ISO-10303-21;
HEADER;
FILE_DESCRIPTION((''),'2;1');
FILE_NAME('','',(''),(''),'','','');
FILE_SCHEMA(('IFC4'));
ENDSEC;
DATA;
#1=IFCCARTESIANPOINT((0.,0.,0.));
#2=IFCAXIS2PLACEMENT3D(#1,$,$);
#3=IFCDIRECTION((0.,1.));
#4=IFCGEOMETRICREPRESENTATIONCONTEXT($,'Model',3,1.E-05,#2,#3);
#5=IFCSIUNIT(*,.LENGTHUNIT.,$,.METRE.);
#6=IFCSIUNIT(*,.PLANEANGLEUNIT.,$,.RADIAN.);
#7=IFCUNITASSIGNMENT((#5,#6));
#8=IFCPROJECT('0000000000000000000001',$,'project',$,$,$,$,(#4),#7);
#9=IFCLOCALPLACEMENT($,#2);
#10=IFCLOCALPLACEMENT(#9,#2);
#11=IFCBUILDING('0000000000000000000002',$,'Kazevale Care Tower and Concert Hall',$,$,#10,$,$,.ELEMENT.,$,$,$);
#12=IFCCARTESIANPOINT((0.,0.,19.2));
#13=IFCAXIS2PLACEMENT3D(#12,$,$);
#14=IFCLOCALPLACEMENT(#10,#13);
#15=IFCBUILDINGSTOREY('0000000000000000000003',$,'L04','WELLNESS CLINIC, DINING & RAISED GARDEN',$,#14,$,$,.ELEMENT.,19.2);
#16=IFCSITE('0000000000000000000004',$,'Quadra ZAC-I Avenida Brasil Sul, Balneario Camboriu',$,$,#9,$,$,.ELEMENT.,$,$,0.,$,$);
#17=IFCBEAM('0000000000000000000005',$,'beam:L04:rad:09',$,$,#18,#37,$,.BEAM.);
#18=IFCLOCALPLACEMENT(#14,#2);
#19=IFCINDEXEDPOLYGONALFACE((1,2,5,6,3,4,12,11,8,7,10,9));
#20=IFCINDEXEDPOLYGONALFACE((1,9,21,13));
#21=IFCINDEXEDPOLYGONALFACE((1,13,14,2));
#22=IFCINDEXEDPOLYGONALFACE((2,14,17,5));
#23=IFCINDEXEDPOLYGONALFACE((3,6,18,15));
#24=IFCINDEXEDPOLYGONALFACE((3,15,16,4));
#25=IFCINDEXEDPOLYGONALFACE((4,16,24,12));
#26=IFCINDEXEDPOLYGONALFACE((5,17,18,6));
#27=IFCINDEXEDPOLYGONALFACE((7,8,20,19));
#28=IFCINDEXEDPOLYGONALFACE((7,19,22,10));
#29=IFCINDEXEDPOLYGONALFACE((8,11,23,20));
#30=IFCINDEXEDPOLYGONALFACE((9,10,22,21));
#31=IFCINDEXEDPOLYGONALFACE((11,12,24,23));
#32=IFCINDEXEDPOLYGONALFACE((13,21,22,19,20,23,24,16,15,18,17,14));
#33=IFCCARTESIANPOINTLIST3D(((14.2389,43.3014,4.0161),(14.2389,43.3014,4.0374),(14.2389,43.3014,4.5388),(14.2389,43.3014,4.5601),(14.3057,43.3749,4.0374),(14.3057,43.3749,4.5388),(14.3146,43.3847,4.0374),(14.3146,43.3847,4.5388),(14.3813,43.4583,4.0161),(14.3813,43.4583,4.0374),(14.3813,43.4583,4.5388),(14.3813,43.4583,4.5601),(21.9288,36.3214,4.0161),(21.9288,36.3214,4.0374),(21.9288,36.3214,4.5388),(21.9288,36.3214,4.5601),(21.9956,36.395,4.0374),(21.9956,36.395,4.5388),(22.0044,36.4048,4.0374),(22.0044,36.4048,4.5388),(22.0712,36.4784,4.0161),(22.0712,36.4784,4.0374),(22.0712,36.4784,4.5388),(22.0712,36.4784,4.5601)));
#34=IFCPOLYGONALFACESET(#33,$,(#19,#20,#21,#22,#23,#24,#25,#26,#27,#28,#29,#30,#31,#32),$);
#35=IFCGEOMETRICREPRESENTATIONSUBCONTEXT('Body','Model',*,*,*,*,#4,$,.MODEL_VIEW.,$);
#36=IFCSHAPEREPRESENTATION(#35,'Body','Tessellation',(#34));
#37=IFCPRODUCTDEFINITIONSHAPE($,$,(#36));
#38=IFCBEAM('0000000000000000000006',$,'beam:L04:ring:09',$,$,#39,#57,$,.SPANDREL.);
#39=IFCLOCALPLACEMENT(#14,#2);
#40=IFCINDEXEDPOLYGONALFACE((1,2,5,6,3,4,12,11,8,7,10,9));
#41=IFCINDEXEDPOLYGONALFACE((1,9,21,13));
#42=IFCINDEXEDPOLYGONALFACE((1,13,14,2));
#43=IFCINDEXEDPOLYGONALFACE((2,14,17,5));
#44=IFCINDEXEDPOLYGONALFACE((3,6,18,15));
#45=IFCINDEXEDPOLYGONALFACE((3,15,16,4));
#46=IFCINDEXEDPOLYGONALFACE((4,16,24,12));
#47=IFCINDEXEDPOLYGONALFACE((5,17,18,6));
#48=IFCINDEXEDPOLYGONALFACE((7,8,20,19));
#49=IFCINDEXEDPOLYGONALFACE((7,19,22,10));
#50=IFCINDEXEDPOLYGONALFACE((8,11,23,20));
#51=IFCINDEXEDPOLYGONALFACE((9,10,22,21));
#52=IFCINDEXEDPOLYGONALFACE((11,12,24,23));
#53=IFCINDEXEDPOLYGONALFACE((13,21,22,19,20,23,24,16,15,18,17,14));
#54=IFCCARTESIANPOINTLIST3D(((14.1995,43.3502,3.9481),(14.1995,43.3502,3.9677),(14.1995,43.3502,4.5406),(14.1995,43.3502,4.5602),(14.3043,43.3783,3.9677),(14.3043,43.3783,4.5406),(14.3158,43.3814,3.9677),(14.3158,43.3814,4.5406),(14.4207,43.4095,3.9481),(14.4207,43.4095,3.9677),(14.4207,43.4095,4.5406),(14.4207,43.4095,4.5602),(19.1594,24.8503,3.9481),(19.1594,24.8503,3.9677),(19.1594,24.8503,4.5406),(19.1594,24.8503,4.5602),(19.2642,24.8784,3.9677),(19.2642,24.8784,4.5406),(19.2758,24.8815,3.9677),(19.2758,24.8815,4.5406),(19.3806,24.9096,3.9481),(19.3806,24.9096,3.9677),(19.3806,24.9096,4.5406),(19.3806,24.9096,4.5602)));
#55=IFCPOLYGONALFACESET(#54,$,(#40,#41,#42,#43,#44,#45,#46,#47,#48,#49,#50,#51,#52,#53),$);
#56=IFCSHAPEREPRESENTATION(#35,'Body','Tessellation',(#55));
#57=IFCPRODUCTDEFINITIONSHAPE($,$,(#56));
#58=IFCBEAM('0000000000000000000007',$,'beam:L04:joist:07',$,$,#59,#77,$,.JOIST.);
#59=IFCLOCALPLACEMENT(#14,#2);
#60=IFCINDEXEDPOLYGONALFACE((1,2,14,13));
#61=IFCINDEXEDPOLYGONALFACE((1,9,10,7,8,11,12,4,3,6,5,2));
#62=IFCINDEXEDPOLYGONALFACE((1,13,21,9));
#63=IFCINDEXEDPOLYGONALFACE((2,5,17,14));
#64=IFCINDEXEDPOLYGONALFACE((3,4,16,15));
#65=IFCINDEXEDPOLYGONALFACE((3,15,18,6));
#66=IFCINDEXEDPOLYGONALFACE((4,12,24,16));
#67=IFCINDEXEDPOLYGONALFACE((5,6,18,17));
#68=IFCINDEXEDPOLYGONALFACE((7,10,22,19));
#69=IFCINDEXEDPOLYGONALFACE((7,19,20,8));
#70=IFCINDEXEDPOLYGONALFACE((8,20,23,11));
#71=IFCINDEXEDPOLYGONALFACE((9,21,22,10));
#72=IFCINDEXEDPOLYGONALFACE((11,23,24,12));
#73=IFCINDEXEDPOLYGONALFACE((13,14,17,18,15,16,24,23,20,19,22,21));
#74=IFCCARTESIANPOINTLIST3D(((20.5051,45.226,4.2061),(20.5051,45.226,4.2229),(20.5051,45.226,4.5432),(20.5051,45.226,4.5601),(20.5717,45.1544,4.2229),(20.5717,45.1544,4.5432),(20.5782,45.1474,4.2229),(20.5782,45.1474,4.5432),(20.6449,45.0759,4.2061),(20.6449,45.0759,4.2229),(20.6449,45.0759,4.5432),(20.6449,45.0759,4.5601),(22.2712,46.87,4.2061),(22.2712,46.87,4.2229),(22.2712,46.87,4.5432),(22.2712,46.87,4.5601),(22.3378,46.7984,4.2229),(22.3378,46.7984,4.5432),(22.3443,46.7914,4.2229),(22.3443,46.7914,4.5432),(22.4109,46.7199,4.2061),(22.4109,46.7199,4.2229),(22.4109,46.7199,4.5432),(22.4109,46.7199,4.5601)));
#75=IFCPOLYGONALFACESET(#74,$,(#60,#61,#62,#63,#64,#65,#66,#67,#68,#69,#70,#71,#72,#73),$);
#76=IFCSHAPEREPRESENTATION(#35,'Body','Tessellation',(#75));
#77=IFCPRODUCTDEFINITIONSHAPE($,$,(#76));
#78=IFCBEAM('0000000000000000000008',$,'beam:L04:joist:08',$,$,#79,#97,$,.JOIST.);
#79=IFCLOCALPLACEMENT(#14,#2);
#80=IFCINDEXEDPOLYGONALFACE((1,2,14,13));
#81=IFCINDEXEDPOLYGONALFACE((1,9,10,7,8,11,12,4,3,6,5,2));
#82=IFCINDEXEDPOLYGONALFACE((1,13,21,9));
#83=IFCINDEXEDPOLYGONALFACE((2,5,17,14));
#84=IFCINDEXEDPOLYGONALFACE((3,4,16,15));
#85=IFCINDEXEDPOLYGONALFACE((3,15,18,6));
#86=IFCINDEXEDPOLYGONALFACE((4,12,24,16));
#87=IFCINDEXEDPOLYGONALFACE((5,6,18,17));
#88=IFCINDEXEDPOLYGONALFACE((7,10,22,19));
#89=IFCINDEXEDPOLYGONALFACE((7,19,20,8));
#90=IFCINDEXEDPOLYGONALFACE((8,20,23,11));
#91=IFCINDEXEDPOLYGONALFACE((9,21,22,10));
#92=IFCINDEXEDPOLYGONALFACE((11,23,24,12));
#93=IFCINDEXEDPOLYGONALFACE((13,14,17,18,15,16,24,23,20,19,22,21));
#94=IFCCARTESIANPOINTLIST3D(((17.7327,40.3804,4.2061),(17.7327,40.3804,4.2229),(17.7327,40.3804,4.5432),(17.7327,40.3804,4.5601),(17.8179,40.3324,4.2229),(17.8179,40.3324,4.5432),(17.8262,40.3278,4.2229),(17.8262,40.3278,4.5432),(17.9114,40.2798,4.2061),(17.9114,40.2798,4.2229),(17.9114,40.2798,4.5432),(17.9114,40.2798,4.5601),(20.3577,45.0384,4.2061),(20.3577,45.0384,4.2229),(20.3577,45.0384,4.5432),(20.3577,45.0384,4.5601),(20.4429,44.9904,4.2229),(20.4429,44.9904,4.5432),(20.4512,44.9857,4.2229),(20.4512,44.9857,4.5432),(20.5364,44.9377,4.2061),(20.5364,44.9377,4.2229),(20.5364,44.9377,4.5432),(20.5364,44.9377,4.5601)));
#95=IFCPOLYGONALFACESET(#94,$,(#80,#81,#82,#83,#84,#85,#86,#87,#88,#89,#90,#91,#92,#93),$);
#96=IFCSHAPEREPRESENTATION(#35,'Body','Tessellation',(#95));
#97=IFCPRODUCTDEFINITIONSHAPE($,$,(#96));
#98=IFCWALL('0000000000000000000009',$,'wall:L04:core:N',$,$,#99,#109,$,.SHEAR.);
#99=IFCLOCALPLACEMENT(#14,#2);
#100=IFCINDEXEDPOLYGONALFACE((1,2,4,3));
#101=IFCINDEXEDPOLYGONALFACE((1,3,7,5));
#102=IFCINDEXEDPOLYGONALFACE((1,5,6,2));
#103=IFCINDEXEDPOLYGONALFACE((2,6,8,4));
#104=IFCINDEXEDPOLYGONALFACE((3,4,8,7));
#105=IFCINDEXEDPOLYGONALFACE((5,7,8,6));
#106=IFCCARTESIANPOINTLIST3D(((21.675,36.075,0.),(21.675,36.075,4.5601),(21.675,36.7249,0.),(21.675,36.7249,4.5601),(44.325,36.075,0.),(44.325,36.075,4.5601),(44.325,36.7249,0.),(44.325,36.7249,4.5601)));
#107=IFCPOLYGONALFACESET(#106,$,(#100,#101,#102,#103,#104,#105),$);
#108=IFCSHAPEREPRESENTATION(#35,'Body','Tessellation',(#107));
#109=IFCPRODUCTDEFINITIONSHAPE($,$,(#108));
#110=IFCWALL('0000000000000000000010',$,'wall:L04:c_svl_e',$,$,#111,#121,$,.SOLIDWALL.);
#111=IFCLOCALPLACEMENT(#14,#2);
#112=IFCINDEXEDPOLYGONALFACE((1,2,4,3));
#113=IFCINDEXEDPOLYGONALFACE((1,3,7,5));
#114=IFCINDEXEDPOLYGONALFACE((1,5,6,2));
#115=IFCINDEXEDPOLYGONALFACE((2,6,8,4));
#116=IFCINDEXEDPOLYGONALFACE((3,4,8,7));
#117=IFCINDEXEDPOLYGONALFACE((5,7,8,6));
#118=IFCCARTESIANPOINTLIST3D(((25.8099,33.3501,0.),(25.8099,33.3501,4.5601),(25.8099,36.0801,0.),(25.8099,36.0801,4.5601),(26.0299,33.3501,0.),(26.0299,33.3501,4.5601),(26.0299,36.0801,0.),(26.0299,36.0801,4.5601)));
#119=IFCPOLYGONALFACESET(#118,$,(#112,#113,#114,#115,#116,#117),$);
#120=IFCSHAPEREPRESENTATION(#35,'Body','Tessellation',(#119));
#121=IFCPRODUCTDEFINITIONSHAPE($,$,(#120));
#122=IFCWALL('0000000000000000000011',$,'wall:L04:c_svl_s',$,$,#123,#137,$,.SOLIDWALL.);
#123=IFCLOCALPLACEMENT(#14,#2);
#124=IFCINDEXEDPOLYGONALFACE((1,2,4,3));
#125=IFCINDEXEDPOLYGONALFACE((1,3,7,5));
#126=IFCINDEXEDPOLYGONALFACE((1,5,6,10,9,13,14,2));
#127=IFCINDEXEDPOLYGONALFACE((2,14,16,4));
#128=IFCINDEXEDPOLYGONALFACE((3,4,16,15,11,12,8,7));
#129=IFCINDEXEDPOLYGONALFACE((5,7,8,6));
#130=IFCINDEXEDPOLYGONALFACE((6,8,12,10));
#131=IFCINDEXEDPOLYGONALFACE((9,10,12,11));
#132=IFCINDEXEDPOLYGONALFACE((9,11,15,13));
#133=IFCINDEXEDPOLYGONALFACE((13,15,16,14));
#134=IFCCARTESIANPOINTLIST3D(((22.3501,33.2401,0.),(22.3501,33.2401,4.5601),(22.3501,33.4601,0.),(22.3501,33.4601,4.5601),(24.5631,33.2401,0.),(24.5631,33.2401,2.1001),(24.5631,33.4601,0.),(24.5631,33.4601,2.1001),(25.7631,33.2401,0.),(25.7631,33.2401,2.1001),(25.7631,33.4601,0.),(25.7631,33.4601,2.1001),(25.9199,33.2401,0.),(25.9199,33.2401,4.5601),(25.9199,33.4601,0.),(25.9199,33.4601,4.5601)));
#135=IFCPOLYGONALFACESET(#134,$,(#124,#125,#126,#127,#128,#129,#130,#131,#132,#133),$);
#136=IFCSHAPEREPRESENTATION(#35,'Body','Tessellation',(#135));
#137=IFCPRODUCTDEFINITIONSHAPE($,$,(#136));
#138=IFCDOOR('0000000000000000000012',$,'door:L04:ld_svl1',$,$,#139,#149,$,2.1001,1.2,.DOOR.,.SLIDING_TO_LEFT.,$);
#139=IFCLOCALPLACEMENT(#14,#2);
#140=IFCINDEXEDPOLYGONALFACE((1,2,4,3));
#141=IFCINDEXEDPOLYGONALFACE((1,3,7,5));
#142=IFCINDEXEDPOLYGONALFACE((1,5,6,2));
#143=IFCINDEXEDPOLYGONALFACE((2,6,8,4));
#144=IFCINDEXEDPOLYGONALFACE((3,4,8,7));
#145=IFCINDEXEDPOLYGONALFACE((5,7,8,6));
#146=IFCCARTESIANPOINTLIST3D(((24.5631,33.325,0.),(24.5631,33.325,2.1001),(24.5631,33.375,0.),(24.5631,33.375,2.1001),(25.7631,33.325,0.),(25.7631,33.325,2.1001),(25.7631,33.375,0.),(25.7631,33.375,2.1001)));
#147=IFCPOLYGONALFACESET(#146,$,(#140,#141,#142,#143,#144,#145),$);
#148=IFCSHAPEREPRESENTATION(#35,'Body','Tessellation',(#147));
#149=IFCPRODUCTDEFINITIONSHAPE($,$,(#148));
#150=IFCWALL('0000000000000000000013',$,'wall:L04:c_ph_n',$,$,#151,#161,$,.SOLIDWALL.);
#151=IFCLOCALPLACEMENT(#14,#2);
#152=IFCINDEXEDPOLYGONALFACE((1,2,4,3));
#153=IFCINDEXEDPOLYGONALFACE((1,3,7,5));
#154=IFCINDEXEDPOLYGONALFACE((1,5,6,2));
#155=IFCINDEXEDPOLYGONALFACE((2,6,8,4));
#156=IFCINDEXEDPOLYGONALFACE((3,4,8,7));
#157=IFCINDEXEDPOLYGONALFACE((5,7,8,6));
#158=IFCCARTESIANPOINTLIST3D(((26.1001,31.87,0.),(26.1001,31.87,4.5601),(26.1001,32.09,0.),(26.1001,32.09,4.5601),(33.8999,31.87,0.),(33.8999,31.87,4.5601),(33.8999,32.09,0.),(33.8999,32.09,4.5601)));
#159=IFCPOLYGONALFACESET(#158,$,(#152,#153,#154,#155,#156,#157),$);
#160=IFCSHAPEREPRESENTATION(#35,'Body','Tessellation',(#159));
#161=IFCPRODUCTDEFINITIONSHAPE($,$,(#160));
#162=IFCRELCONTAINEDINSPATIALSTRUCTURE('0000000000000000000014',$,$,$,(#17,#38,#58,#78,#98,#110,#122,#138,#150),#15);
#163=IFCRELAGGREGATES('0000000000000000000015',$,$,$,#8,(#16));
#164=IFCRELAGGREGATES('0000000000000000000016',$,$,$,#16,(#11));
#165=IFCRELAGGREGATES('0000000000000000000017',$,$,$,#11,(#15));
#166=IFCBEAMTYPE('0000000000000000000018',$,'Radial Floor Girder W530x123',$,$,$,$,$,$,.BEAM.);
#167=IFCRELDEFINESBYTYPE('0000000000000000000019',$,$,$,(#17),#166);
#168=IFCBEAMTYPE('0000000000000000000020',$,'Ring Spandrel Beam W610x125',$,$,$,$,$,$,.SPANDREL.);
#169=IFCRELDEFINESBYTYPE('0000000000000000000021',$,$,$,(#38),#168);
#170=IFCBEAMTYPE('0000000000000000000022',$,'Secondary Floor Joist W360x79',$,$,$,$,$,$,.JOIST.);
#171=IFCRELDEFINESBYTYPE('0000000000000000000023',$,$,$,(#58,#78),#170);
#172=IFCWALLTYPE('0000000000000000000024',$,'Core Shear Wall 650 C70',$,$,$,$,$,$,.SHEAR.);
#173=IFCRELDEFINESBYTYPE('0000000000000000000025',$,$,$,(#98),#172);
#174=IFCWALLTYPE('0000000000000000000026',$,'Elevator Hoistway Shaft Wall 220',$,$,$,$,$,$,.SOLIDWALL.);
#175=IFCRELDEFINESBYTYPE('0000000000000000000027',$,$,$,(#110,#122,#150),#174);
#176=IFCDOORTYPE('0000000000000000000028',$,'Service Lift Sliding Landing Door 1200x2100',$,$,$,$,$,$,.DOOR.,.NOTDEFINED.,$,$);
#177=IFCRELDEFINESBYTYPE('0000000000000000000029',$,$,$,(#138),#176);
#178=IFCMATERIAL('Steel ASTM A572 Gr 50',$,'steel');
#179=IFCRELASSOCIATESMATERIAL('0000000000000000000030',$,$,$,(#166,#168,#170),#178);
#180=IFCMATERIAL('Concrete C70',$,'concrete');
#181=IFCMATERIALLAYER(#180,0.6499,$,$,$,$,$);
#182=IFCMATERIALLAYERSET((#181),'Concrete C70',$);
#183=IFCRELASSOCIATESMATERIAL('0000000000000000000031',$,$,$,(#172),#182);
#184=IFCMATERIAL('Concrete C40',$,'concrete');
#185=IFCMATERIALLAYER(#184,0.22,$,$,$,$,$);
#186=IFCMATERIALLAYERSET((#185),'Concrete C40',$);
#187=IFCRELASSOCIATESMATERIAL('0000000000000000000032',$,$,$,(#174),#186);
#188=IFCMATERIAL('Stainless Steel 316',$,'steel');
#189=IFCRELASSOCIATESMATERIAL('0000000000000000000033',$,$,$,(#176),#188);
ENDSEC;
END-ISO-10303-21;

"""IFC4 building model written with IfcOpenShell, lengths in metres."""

from ifc_helpers import new_model, si_unit, direction, frame, frame_2d, origin, origin_2d, place, context, subcontext, project, spatial, rectangle, i_section, extrude, material, layer, layer_set, material_profile, profile_set, type_object, element, fill, save


model = new_model("IFC4")

# Units and contexts
model_context = context("Model", 3, precision=1e-05, world=origin(), true_north=direction((0.0, 1.0)))
body_context = subcontext(model_context, "Body", "Model", "MODEL_VIEW")
ifc_project = project(units=[si_unit("LENGTHUNIT", "METRE"), si_unit("PLANEANGLEUNIT", "RADIAN")], contexts=[model_context])

# Site, building, storey
site_placement = place(None, origin())
site = spatial("IfcSite", under=ifc_project, at=site_placement, Name="Quadra ZAC-I Avenida Brasil Sul, Balneario Camboriu", CompositionType="ELEMENT", RefElevation=0.0)
building_placement = place(site_placement, origin())
building = spatial("IfcBuilding", under=site, at=building_placement, Name="Kazevale Care Tower and Concert Hall", CompositionType="ELEMENT")
storey_placement = place(building_placement, frame((0.0, 0.0, 19.2)))
storey = spatial("IfcBuildingStorey", under=building, at=storey_placement, Name="L04", Description="WELLNESS CLINIC, DINING & RAISED GARDEN", CompositionType="ELEMENT", Elevation=19.2)

# Shared definitions
ifc_material_1 = material(Name="Concrete C70", Category="concrete")

# Beams
ifc_material_2 = material(Name="Steel ASTM A572 Gr 50", Category="steel")
ifc_material_profile_1 = material_profile(ifc_material_2, i_section(OverallWidth=0.2119, OverallDepth=0.5439, WebThickness=0.0132, FlangeThickness=0.0212, at=origin_2d()), Name="W530x123")
ifc_profile_set_1 = profile_set([ifc_material_profile_1], Name="Steel ASTM A572 Gr 50")
beam_type_1 = type_object("IfcBeamType", Name="Radial Floor Girder W530x123", PredefinedType="BEAM", material=ifc_profile_set_1)
beam_1_placement = place(storey_placement, frame((22.0, 36.3999, 4.2881), z_axis=(-0.740461, 0.672099, 0.0), x_axis=(-0.672099, -0.740461, 0.0)))
element("IfcBeam", 1, at=beam_1_placement, inside=storey, type_object=beam_type_1, Name="beam:L04:rad:09", PredefinedType="BEAM", context=body_context, shape_type="SweptSolid", body=[
    extrude(i_section(OverallWidth=0.2119, OverallDepth=0.5439, WebThickness=0.0132, FlangeThickness=0.0212, at=origin_2d()), origin(), (0.0, 0.0, 1.0), 10.3853),
])
ifc_material_profile_2 = material_profile(ifc_material_2, i_section(OverallWidth=0.229, OverallDepth=0.6121, WebThickness=0.012, FlangeThickness=0.0195, at=origin_2d()), Name="W610x125")
ifc_profile_set_2 = profile_set([ifc_material_profile_2], Name="Steel ASTM A572 Gr 50")
beam_type_2 = type_object("IfcBeamType", Name="Ring Spandrel Beam W610x125", PredefinedType="SPANDREL", material=ifc_profile_set_2)
beam_2_placement = place(storey_placement, frame((14.3101, 43.3799, 4.2542), z_axis=(0.25896, -0.965888, 0.0), x_axis=(0.965888, 0.25896, 0.0)))
element("IfcBeam", 2, at=beam_2_placement, inside=storey, type_object=beam_type_2, Name="beam:L04:ring:09", PredefinedType="SPANDREL", context=body_context, shape_type="SweptSolid", body=[
    extrude(i_section(OverallWidth=0.229, OverallDepth=0.6121, WebThickness=0.012, FlangeThickness=0.0195, at=origin_2d()), origin(), (0.0, 0.0, 1.0), 19.1533),
])
ifc_material_profile_3 = material_profile(ifc_material_2, i_section(OverallWidth=0.2051, OverallDepth=0.354, WebThickness=0.0095, FlangeThickness=0.0168, at=origin_2d()), Name="W360x79")
ifc_profile_set_3 = profile_set([ifc_material_profile_3], Name="Steel ASTM A572 Gr 50")
beam_type_3 = type_object("IfcBeamType", Name="Secondary Floor Joist W360x79", PredefinedType="JOIST", material=ifc_profile_set_3)
beam_3_placement = place(storey_placement, frame((22.3411, 46.7949, 4.3831), z_axis=(-0.73195, -0.681359, 0.0), x_axis=(0.681359, -0.73195, 0.0)))
element("IfcBeam", 3, at=beam_3_placement, inside=storey, type_object=beam_type_3, Name="beam:L04:joist:07", PredefinedType="JOIST", context=body_context, shape_type="SweptSolid", body=[
    extrude(i_section(OverallWidth=0.2051, OverallDepth=0.354, WebThickness=0.0095, FlangeThickness=0.0168, at=origin_2d()), origin(), (0.0, 0.0, 1.0), 2.4128),
])
beam_4_placement = place(storey_placement, frame((20.447, 44.988, 4.3831), z_axis=(-0.490957, -0.871184, 0.0), x_axis=(0.871184, -0.490957, 0.0)))
element("IfcBeam", 4, at=beam_4_placement, inside=storey, type_object=beam_type_3, Name="beam:L04:joist:08", PredefinedType="JOIST", context=body_context, shape_type="SweptSolid", body=[
    extrude(i_section(OverallWidth=0.2051, OverallDepth=0.354, WebThickness=0.0095, FlangeThickness=0.0168, at=origin_2d()), origin(), (0.0, 0.0, 1.0), 5.3467),
])

# Walls
ifc_layer_1 = layer(ifc_material_1, 0.6499)
ifc_layer_set_1 = layer_set([ifc_layer_1], Name="Concrete C70")
wall_type_1 = type_object("IfcWallType", Name="Core Shear Wall 650 C70", PredefinedType="SHEAR", material=ifc_layer_set_1)
wall_1_placement = place(storey_placement, frame((21.675, 36.3999, 0.0), z_axis=(0.0, 0.0, 1.0), x_axis=(1.0, 0.0, 0.0)))
element("IfcWall", 5, at=wall_1_placement, inside=storey, type_object=wall_type_1, Name="wall:L04:core:N", PredefinedType="SHEAR", context=body_context, shape_type="SweptSolid", body=[
    extrude(rectangle(XDim=22.6499, YDim=0.6499, at=frame_2d((11.325, 0.0))), origin(), (0.0, 0.0, 1.0), 4.5601),
])
ifc_material_3 = material(Name="Concrete C40", Category="concrete")
ifc_layer_2 = layer(ifc_material_3, 0.22)
ifc_layer_set_2 = layer_set([ifc_layer_2], Name="Concrete C40")
wall_type_2 = type_object("IfcWallType", Name="Elevator Hoistway Shaft Wall 220", PredefinedType="SOLIDWALL", material=ifc_layer_set_2)
wall_2_placement = place(storey_placement, frame((25.9199, 33.3501, 0.0), z_axis=(0.0, 0.0, 1.0), x_axis=(0.0, 1.0, 0.0)))
element("IfcWall", 6, at=wall_2_placement, inside=storey, type_object=wall_type_2, Name="wall:L04:c_svl_e", PredefinedType="SOLIDWALL", context=body_context, shape_type="SweptSolid", body=[
    extrude(rectangle(XDim=2.73, YDim=0.22, at=frame_2d((1.365, 0.0))), origin(), (0.0, 0.0, 1.0), 4.5601),
])

# Wall, opening, door
wall_3_placement = place(storey_placement, frame((22.3501, 33.3501, 0.0), z_axis=(0.0, 0.0, 1.0), x_axis=(1.0, 0.0, 0.0)))
wall_3 = element("IfcWall", 7, at=wall_3_placement, inside=storey, type_object=wall_type_2, Name="wall:L04:c_svl_s", PredefinedType="SOLIDWALL", context=body_context, shape_type="SweptSolid", body=[
    extrude(rectangle(XDim=3.5698, YDim=0.22, at=frame_2d((1.7849, 0.0))), origin(), (0.0, 0.0, 1.0), 4.5601),
])
opening_1_placement = place(wall_3_placement, frame((2.2129, 0.0, 0.0)))
opening_1 = element("IfcOpeningElement", 8, at=opening_1_placement, cuts=wall_3, PredefinedType="OPENING", context=body_context, shape_type="SweptSolid", body=[
    extrude(rectangle(XDim=1.2, YDim=2.1001, at=frame_2d((0.6001, 1.05))), frame((0.0, 0.1199, 0.0), z_axis=(0.0, -1.0, 0.0), x_axis=(1.0, 0.0, 0.0)), (0.0, 0.0, 1.0), 0.24),
])
ifc_material_4 = material(Name="Stainless Steel 316", Category="steel")
door_type_1 = type_object("IfcDoorType", Name="Service Lift Sliding Landing Door 1200x2100", OperationType="NOTDEFINED", PredefinedType="DOOR", material=ifc_material_4)
door_1_placement = place(opening_1_placement, origin())
door_1 = element("IfcDoor", 9, at=door_1_placement, inside=storey, type_object=door_type_1, Name="door:L04:ld_svl1", OperationType="SLIDING_TO_LEFT", OverallHeight=2.1001, OverallWidth=1.2, PredefinedType="DOOR", context=body_context, shape_type="SweptSolid", body=[
    extrude(rectangle(XDim=1.2, YDim=2.1001, at=frame_2d((0.6001, 1.05))), frame((0.0, 0.0249, 0.0), z_axis=(0.0, -1.0, 0.0), x_axis=(1.0, 0.0, 0.0)), (0.0, 0.0, 1.0), 0.05),
])
fill(opening_1, door_1)

# Wall
wall_4_placement = place(storey_placement, frame((26.1001, 31.98, 0.0), z_axis=(0.0, 0.0, 1.0), x_axis=(1.0, 0.0, 0.0)))
element("IfcWall", 10, at=wall_4_placement, inside=storey, type_object=wall_type_2, Name="wall:L04:c_ph_n", PredefinedType="SOLIDWALL", context=body_context, shape_type="SweptSolid", body=[
    extrude(rectangle(XDim=7.7998, YDim=0.22, at=frame_2d((3.8999, 0.0))), origin(), (0.0, 0.0, 1.0), 4.5601),
])

save(model, "model.ifc")
